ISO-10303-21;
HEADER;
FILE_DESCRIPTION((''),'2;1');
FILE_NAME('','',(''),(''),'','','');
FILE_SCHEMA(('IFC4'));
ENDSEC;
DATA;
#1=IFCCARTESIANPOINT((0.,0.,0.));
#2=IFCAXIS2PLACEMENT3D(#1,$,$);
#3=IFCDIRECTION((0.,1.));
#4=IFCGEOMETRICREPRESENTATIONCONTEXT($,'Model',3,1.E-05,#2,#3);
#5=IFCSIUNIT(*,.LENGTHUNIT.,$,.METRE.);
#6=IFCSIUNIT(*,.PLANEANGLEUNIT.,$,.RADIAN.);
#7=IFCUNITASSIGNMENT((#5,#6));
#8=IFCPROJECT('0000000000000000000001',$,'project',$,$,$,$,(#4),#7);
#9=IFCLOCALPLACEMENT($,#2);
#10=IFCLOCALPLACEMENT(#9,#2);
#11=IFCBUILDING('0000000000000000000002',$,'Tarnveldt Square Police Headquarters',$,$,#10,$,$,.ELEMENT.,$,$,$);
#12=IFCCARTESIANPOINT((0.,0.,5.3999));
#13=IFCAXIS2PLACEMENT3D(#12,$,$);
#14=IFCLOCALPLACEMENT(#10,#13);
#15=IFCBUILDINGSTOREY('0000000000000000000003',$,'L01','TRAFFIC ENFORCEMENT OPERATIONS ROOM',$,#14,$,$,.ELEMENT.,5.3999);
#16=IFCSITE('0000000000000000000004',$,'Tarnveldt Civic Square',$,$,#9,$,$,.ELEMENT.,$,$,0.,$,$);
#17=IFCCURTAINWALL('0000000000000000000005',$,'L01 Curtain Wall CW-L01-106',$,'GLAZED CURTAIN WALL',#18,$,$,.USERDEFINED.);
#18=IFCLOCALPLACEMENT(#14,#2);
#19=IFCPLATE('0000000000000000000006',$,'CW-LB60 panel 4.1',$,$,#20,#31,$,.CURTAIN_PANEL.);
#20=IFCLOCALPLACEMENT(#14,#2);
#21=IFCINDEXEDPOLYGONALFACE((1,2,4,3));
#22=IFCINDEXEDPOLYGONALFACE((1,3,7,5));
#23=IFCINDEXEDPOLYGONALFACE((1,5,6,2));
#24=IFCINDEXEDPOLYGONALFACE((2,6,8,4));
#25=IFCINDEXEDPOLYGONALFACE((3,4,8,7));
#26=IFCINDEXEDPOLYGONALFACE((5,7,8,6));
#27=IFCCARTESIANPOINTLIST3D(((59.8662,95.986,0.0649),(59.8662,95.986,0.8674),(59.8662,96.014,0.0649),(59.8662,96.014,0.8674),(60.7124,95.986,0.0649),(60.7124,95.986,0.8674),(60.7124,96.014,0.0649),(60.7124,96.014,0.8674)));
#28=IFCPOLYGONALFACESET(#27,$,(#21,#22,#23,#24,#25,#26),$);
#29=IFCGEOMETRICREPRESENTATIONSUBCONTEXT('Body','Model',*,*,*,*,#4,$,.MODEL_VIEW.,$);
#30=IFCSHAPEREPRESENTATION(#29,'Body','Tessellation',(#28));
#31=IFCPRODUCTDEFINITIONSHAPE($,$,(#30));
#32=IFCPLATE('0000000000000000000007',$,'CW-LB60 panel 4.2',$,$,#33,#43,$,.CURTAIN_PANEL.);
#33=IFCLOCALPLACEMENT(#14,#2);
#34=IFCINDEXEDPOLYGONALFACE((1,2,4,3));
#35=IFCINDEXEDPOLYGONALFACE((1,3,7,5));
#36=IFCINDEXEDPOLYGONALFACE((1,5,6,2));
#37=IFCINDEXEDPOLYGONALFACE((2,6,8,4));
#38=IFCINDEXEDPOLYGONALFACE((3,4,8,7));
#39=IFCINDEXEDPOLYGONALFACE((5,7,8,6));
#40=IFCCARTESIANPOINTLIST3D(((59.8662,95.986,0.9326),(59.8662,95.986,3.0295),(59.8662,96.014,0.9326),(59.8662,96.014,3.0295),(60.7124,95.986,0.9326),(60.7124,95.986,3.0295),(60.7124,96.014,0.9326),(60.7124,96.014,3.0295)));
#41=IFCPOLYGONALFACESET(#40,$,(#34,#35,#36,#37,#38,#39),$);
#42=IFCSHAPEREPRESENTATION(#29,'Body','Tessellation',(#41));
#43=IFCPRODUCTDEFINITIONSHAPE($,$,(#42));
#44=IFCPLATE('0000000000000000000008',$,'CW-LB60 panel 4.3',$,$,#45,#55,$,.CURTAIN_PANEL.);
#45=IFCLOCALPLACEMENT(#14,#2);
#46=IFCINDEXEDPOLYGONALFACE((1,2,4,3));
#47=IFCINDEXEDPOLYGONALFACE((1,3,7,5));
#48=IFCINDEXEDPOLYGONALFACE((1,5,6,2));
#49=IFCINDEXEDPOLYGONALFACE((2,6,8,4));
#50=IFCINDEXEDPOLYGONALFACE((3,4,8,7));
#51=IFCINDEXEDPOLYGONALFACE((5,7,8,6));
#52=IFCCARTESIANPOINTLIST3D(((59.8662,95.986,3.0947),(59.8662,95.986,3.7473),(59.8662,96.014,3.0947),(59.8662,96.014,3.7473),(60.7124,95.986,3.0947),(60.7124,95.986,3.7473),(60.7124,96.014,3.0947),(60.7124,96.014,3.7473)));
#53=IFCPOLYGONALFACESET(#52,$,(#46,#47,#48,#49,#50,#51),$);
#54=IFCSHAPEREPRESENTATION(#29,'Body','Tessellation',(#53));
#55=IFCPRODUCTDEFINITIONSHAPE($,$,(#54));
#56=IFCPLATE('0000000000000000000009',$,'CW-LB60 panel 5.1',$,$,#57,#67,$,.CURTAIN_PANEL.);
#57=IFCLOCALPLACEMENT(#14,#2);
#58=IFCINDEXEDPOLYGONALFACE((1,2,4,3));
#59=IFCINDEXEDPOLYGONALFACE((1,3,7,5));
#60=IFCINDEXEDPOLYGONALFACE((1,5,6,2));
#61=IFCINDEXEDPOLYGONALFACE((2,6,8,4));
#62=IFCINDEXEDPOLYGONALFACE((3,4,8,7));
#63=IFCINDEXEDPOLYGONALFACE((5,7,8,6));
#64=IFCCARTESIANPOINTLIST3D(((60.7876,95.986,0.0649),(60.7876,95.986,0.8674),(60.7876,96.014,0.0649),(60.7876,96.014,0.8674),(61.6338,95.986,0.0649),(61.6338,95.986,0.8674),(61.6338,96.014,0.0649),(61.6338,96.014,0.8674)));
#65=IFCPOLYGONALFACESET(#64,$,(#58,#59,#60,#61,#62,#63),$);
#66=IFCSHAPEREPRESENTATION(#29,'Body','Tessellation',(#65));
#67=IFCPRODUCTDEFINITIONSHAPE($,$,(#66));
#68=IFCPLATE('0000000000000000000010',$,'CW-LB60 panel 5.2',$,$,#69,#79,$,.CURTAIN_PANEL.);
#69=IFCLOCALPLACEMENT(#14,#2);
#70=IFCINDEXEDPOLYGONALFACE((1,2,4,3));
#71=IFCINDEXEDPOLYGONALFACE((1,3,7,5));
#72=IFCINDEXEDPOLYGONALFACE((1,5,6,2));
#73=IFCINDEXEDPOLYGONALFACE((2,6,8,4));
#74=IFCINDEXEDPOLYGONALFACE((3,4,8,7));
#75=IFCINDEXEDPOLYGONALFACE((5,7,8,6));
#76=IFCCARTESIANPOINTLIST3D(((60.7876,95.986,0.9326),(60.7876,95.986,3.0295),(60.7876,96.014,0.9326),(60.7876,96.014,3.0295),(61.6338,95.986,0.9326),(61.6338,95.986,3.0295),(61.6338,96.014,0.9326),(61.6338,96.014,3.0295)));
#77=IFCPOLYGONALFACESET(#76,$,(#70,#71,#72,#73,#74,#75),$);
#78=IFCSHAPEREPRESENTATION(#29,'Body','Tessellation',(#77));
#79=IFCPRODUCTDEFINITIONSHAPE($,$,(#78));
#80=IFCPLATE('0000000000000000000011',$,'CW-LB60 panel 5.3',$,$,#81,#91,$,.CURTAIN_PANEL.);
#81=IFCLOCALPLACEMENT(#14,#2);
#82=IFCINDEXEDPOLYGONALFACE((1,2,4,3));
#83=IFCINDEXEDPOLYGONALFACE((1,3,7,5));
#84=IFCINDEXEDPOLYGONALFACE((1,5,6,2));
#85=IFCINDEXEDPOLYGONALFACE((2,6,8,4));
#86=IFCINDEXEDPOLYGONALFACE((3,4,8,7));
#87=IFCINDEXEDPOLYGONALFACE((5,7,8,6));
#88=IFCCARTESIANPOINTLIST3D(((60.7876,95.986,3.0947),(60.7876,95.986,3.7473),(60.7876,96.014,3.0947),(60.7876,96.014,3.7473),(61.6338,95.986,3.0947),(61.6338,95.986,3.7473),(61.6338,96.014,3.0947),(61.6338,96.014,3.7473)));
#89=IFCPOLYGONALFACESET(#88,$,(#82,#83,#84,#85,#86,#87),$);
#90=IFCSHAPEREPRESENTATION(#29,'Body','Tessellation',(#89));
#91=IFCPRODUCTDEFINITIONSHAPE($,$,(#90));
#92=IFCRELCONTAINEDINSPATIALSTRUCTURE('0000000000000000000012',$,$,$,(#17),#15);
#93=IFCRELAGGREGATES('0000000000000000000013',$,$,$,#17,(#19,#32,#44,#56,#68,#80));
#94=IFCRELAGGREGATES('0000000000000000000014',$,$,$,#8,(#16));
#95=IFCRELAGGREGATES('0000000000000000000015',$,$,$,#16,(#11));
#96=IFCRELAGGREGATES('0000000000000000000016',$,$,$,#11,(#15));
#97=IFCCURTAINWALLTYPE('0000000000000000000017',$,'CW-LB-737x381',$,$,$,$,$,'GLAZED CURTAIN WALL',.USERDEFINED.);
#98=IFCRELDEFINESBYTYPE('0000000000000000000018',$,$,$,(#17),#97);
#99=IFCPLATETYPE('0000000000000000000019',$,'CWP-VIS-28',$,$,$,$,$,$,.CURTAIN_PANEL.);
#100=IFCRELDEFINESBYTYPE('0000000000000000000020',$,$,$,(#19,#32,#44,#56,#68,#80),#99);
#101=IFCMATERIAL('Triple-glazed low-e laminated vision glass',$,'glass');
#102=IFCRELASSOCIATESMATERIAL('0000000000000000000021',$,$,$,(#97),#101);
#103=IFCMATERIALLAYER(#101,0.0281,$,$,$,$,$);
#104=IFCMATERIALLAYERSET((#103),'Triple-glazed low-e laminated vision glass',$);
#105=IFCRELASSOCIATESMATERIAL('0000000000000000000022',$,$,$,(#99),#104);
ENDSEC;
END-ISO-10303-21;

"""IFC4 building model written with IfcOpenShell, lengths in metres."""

from ifc_helpers import new_model, si_unit, direction, frame, origin, origin_2d, place, context, subcontext, project, spatial, rectangle, extrude, material, layer, layer_set, type_object, element, aggregate, save


model = new_model("IFC4")

# Units and contexts
model_context = context("Model", 3, precision=1e-05, world=origin(), true_north=direction((0.0, 1.0)))
body_context = subcontext(model_context, "Body", "Model", "MODEL_VIEW")
ifc_project = project(units=[si_unit("LENGTHUNIT", "METRE"), si_unit("PLANEANGLEUNIT", "RADIAN")], contexts=[model_context])

# Site, building, storey
site_placement = place(None, origin())
site = spatial("IfcSite", under=ifc_project, at=site_placement, Name="Tarnveldt Civic Square", CompositionType="ELEMENT", RefElevation=0.0)
building_placement = place(site_placement, origin())
building = spatial("IfcBuilding", under=site, at=building_placement, Name="Tarnveldt Square Police Headquarters", CompositionType="ELEMENT")
storey_placement = place(building_placement, frame((0.0, 0.0, 5.3999)))
storey = spatial("IfcBuildingStorey", under=building, at=storey_placement, Name="L01", Description="TRAFFIC ENFORCEMENT OPERATIONS ROOM", CompositionType="ELEMENT", Elevation=5.3999)

# Curtain wall, plates
ifc_material_1 = material(Name="Triple-glazed low-e laminated vision glass", Category="glass")
curtain_wall_type = type_object("IfcCurtainWallType", Name="CW-LB-737x381", ElementType="GLAZED CURTAIN WALL", PredefinedType="USERDEFINED", material=ifc_material_1)
curtain_wall_placement = place(storey_placement, origin())
curtain_wall = element("IfcCurtainWall", 1, at=curtain_wall_placement, inside=storey, type_object=curtain_wall_type, Name="L01 Curtain Wall CW-L01-106", ObjectType="GLAZED CURTAIN WALL", PredefinedType="USERDEFINED")
ifc_layer = layer(ifc_material_1, 0.0281)
ifc_layer_set = layer_set([ifc_layer], Name="Triple-glazed low-e laminated vision glass")
plate_type = type_object("IfcPlateType", Name="CWP-VIS-28", PredefinedType="CURTAIN_PANEL", material=ifc_layer_set)
plate_1_placement = place(storey_placement, frame((60.2893, 96.0, 0.0649), z_axis=(0.0, 0.0, 1.0), x_axis=(1.0, 0.0, 0.0)))
plate_1 = element("IfcPlate", 2, at=plate_1_placement, type_object=plate_type, Name="CW-LB60 panel 4.1", PredefinedType="CURTAIN_PANEL", context=body_context, shape_type="SweptSolid", body=[
    extrude(rectangle(XDim=0.8462, YDim=0.0281, at=origin_2d()), origin(), (0.0, 0.0, 1.0), 0.8025),
])
plate_2_placement = place(storey_placement, frame((60.2893, 96.0, 0.9326), z_axis=(0.0, 0.0, 1.0), x_axis=(1.0, 0.0, 0.0)))
plate_2 = element("IfcPlate", 3, at=plate_2_placement, type_object=plate_type, Name="CW-LB60 panel 4.2", PredefinedType="CURTAIN_PANEL", context=body_context, shape_type="SweptSolid", body=[
    extrude(rectangle(XDim=0.8462, YDim=0.0281, at=origin_2d()), origin(), (0.0, 0.0, 1.0), 2.0969),
])
plate_3_placement = place(storey_placement, frame((60.2893, 96.0, 3.0947), z_axis=(0.0, 0.0, 1.0), x_axis=(1.0, 0.0, 0.0)))
plate_3 = element("IfcPlate", 4, at=plate_3_placement, type_object=plate_type, Name="CW-LB60 panel 4.3", PredefinedType="CURTAIN_PANEL", context=body_context, shape_type="SweptSolid", body=[
    extrude(rectangle(XDim=0.8462, YDim=0.0281, at=origin_2d()), origin(), (0.0, 0.0, 1.0), 0.6526),
])
plate_4_placement = place(storey_placement, frame((61.2107, 96.0, 0.0649), z_axis=(0.0, 0.0, 1.0), x_axis=(1.0, 0.0, 0.0)))
plate_4 = element("IfcPlate", 5, at=plate_4_placement, type_object=plate_type, Name="CW-LB60 panel 5.1", PredefinedType="CURTAIN_PANEL", context=body_context, shape_type="SweptSolid", body=[
    extrude(rectangle(XDim=0.8462, YDim=0.0281, at=origin_2d()), origin(), (0.0, 0.0, 1.0), 0.8025),
])
plate_5_placement = place(storey_placement, frame((61.2107, 96.0, 0.9326), z_axis=(0.0, 0.0, 1.0), x_axis=(1.0, 0.0, 0.0)))
plate_5 = element("IfcPlate", 6, at=plate_5_placement, type_object=plate_type, Name="CW-LB60 panel 5.2", PredefinedType="CURTAIN_PANEL", context=body_context, shape_type="SweptSolid", body=[
    extrude(rectangle(XDim=0.8462, YDim=0.0281, at=origin_2d()), origin(), (0.0, 0.0, 1.0), 2.0969),
])
plate_6_placement = place(storey_placement, frame((61.2107, 96.0, 3.0947), z_axis=(0.0, 0.0, 1.0), x_axis=(1.0, 0.0, 0.0)))
plate_6 = element("IfcPlate", 7, at=plate_6_placement, type_object=plate_type, Name="CW-LB60 panel 5.3", PredefinedType="CURTAIN_PANEL", context=body_context, shape_type="SweptSolid", body=[
    extrude(rectangle(XDim=0.8462, YDim=0.0281, at=origin_2d()), origin(), (0.0, 0.0, 1.0), 0.6526),
])
aggregate(curtain_wall, [plate_1, plate_2, plate_3, plate_4, plate_5, plate_6])

save(model, "model.ifc")
